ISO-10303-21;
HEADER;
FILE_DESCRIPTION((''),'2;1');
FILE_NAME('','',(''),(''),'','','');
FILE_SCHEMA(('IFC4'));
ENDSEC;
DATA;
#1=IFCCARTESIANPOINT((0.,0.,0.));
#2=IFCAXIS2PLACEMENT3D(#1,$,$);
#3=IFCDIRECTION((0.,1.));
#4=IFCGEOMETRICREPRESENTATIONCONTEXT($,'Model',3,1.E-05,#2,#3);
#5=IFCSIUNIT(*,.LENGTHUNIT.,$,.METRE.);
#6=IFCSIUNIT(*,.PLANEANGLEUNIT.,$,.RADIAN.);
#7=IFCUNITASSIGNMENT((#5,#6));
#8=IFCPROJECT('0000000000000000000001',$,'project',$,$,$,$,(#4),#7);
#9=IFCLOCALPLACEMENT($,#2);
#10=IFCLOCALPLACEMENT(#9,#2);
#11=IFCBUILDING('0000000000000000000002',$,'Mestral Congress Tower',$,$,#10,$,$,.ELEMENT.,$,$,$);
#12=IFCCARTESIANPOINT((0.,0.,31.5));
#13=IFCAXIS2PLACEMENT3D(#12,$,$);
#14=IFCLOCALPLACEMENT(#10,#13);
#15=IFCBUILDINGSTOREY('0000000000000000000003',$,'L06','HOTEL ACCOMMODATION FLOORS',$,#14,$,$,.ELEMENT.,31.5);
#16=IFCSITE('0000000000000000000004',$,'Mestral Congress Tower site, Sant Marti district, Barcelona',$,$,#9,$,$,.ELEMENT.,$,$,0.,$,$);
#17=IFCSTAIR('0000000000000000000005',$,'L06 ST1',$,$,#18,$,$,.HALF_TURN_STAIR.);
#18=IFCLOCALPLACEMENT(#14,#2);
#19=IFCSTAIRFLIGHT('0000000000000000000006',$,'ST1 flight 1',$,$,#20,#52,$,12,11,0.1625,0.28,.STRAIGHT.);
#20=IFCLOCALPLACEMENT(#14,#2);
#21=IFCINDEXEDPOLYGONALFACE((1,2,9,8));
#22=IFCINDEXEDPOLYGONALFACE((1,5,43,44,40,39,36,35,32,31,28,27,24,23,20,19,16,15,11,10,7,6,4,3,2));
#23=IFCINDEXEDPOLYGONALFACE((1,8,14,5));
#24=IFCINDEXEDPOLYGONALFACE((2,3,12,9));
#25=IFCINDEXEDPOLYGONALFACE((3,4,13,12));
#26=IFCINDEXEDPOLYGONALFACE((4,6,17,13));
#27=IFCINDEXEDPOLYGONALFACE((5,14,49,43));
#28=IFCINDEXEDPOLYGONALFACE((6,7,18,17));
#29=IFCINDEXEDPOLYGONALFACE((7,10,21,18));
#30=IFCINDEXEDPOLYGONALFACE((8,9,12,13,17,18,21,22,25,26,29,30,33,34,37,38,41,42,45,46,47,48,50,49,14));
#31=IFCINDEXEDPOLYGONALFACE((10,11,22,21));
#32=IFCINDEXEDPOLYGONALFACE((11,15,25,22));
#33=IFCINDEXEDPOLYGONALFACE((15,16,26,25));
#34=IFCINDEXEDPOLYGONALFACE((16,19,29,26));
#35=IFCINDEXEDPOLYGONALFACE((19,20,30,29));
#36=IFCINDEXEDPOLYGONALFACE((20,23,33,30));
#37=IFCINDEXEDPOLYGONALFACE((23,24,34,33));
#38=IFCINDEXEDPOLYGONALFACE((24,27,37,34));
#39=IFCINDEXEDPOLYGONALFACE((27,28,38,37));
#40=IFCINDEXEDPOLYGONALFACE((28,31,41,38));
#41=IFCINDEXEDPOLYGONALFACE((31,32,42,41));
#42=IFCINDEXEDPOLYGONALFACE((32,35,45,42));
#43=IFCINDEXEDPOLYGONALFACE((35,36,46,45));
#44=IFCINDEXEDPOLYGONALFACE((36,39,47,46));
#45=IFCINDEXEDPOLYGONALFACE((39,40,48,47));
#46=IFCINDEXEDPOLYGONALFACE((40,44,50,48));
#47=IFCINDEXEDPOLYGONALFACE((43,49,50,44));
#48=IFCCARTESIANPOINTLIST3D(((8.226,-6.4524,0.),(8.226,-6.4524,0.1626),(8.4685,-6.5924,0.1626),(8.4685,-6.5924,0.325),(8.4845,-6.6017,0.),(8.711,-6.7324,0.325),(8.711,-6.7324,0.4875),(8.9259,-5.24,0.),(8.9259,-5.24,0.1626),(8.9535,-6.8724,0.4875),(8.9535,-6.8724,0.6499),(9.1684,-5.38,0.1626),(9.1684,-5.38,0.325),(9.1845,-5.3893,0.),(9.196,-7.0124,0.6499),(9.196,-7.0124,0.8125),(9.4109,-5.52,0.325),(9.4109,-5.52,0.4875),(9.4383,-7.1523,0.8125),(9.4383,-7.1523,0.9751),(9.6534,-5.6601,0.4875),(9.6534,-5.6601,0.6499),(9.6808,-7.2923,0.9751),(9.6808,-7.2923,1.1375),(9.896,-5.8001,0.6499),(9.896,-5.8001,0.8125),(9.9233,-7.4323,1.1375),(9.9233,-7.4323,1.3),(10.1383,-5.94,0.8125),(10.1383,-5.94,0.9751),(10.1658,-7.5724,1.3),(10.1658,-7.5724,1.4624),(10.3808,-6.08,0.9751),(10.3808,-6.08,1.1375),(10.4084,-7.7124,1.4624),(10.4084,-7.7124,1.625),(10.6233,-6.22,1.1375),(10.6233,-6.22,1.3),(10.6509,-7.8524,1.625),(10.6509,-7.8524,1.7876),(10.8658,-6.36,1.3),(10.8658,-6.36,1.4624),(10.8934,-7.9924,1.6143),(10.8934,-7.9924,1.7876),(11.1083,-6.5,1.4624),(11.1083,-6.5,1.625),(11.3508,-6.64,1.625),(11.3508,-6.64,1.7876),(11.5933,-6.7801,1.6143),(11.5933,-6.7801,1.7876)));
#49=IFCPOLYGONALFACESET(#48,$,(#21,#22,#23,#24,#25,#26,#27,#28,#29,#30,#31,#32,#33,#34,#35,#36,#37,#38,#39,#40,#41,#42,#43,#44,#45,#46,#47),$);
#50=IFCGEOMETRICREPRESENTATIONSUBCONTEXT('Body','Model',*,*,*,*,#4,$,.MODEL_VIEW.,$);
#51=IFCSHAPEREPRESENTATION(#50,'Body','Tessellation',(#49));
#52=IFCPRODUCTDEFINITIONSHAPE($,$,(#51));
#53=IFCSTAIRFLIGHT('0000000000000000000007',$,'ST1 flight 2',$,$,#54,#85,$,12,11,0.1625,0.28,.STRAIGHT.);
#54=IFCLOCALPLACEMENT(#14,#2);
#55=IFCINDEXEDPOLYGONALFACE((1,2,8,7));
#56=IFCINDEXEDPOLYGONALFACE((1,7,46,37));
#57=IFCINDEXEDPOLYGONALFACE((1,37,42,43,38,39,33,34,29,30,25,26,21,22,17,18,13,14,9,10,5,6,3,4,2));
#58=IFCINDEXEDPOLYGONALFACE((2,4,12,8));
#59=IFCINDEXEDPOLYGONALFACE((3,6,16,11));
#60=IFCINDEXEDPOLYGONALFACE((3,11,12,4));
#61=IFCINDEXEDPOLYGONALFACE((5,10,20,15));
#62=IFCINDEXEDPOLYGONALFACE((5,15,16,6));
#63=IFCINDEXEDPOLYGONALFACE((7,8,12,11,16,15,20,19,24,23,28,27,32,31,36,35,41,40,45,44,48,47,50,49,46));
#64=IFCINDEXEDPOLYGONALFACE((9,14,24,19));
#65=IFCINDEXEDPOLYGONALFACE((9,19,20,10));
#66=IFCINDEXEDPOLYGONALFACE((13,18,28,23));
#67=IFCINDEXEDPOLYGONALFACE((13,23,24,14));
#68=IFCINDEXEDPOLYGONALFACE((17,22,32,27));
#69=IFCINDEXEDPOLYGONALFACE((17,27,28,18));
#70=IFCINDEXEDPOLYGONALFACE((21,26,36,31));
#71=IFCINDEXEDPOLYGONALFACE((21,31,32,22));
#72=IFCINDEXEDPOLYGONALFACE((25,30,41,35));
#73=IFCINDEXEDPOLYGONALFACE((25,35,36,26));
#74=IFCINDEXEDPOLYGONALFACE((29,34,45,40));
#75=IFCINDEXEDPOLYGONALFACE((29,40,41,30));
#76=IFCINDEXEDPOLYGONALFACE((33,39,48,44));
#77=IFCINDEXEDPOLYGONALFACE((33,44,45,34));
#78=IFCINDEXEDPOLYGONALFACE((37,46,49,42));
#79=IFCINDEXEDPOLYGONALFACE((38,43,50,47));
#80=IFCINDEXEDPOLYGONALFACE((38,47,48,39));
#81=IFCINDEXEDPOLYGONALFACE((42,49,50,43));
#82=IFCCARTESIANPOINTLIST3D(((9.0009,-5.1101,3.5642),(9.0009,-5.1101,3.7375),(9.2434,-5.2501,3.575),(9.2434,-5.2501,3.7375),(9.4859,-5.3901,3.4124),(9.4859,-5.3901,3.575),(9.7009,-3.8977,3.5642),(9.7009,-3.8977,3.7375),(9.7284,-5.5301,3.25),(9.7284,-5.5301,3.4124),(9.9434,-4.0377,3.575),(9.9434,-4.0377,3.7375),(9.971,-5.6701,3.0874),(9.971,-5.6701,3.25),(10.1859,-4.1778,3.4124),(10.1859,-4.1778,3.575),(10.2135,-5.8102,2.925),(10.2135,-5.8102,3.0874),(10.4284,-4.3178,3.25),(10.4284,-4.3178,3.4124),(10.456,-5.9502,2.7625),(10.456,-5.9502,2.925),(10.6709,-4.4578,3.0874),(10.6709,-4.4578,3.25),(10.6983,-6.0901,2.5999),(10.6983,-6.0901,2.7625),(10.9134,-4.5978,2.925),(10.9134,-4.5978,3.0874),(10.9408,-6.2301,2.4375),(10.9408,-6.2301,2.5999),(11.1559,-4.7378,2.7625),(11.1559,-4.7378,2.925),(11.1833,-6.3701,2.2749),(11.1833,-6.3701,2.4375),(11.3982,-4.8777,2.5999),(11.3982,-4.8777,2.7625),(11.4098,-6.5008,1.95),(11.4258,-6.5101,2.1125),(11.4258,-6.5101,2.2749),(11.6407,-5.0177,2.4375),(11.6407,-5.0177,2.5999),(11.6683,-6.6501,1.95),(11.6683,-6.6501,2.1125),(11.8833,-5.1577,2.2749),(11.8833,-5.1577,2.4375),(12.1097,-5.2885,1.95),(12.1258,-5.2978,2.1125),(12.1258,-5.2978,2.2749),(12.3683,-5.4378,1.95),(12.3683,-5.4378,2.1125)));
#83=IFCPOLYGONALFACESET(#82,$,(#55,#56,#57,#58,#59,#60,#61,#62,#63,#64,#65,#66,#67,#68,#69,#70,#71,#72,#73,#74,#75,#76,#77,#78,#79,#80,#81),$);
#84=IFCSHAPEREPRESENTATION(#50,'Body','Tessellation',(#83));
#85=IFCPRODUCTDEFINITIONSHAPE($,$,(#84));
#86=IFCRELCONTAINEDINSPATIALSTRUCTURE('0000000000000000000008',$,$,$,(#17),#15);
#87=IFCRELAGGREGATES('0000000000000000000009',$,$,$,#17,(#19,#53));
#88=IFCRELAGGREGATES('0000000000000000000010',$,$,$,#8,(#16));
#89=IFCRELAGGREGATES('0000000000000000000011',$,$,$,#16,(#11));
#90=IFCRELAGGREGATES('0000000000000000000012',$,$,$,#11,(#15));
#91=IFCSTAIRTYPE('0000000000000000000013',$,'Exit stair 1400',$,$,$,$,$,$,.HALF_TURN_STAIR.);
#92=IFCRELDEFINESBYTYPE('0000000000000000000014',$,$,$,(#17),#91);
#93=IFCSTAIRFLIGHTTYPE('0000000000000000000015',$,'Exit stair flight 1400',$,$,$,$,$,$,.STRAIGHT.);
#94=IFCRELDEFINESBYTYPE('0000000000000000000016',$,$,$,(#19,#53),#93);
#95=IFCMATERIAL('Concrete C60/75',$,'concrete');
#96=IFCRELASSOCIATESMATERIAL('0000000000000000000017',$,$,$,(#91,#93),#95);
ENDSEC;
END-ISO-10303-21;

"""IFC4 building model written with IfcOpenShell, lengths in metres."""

from ifc_helpers import new_model, si_unit, direction, frame, origin, place, context, subcontext, project, spatial, polyline, outline, extrude, material, type_object, element, aggregate, save


model = new_model("IFC4")

# Units and contexts
model_context = context("Model", 3, precision=1e-05, world=origin(), true_north=direction((0.0, 1.0)))
body_context = subcontext(model_context, "Body", "Model", "MODEL_VIEW")
ifc_project = project(units=[si_unit("LENGTHUNIT", "METRE"), si_unit("PLANEANGLEUNIT", "RADIAN")], contexts=[model_context])

# Site, building, storey
site_placement = place(None, origin())
site = spatial("IfcSite", under=ifc_project, at=site_placement, Name="Mestral Congress Tower site, Sant Marti district, Barcelona", CompositionType="ELEMENT", RefElevation=0.0)
building_placement = place(site_placement, origin())
building = spatial("IfcBuilding", under=site, at=building_placement, Name="Mestral Congress Tower", CompositionType="ELEMENT")
storey_placement = place(building_placement, frame((0.0, 0.0, 31.5)))
storey = spatial("IfcBuildingStorey", under=building, at=storey_placement, Name="L06", Description="HOTEL ACCOMMODATION FLOORS", CompositionType="ELEMENT", Elevation=31.5)

# Shared definitions
ifc_material_1 = material(Name="Concrete C60/75", Category="concrete")

# Stair, stair flights
stair_type = type_object("IfcStairType", Name="Exit stair 1400", PredefinedType="HALF_TURN_STAIR", material=ifc_material_1)
stair_placement = place(storey_placement, origin())
stair = element("IfcStair", 1, at=stair_placement, inside=storey, type_object=stair_type, Name="L06 ST1", PredefinedType="HALF_TURN_STAIR")
stair_flight_type = type_object("IfcStairFlightType", Name="Exit stair flight 1400", PredefinedType="STRAIGHT", material=ifc_material_1)
stair_flight_1_placement = place(storey_placement, frame((8.5759, -5.8462, 0.0), z_axis=(0.0, 0.0, 1.0), x_axis=(0.866025, -0.5, 0.0)))
stair_flight_1 = element("IfcStairFlight", 2, at=stair_flight_1_placement, type_object=stair_flight_type, Name="ST1 flight 1", NumberOfRisers=12, NumberOfTreads=11, PredefinedType="STRAIGHT", RiserHeight=0.1625, TreadLength=0.28, context=body_context, shape_type="SweptSolid", body=[
    extrude(outline(polyline([(0.0, 0.0), (0.0, 0.1626), (0.28, 0.1626), (0.28, 0.325), (0.5601, 0.325), (0.5601, 0.4875), (0.8401, 0.4875), (0.8401, 0.6499), (1.1201, 0.6499), (1.1201, 0.8125), (1.3999, 0.8125), (1.3999, 0.9751), (1.6799, 0.9751), (1.6799, 1.1375), (1.96, 1.1375), (1.96, 1.3), (2.24, 1.3), (2.24, 1.4624), (2.52, 1.4624), (2.52, 1.625), (2.8, 1.625), (2.8, 1.7876), (3.0801, 1.7876), (3.0801, 1.95), (3.0801, 1.6143), (0.2986, 0.0), (0.0, 0.0)])), frame((0.0, 0.7, 0.0), z_axis=(0.0, -1.0, 0.0), x_axis=(1.0, 0.0, 0.0)), (0.0, 0.0, 1.0), 1.3999),
])
stair_flight_2_placement = place(storey_placement, frame((12.0183, -6.0439, 1.95), z_axis=(0.0, 0.0, 1.0), x_axis=(-0.866025, 0.5, 0.0)))
stair_flight_2 = element("IfcStairFlight", 3, at=stair_flight_2_placement, type_object=stair_flight_type, Name="ST1 flight 2", NumberOfRisers=12, NumberOfTreads=11, PredefinedType="STRAIGHT", RiserHeight=0.1625, TreadLength=0.28, context=body_context, shape_type="SweptSolid", body=[
    extrude(outline(polyline([(0.0, 0.0), (0.0, 0.1626), (0.28, 0.1626), (0.28, 0.325), (0.5601, 0.325), (0.5601, 0.4875), (0.8401, 0.4875), (0.8401, 0.6499), (1.1201, 0.6499), (1.1201, 0.8125), (1.3999, 0.8125), (1.3999, 0.9751), (1.6799, 0.9751), (1.6799, 1.1375), (1.96, 1.1375), (1.96, 1.3), (2.24, 1.3), (2.24, 1.4624), (2.52, 1.4624), (2.52, 1.625), (2.8, 1.625), (2.8, 1.7876), (3.0801, 1.7876), (3.0801, 1.95), (3.0801, 1.6143), (0.2986, 0.0), (0.0, 0.0)])), frame((0.0, 0.7, 0.0), z_axis=(0.0, -1.0, 0.0), x_axis=(1.0, 0.0, 0.0)), (0.0, 0.0, 1.0), 1.3999),
])
aggregate(stair, [stair_flight_1, stair_flight_2])

save(model, "model.ifc")
